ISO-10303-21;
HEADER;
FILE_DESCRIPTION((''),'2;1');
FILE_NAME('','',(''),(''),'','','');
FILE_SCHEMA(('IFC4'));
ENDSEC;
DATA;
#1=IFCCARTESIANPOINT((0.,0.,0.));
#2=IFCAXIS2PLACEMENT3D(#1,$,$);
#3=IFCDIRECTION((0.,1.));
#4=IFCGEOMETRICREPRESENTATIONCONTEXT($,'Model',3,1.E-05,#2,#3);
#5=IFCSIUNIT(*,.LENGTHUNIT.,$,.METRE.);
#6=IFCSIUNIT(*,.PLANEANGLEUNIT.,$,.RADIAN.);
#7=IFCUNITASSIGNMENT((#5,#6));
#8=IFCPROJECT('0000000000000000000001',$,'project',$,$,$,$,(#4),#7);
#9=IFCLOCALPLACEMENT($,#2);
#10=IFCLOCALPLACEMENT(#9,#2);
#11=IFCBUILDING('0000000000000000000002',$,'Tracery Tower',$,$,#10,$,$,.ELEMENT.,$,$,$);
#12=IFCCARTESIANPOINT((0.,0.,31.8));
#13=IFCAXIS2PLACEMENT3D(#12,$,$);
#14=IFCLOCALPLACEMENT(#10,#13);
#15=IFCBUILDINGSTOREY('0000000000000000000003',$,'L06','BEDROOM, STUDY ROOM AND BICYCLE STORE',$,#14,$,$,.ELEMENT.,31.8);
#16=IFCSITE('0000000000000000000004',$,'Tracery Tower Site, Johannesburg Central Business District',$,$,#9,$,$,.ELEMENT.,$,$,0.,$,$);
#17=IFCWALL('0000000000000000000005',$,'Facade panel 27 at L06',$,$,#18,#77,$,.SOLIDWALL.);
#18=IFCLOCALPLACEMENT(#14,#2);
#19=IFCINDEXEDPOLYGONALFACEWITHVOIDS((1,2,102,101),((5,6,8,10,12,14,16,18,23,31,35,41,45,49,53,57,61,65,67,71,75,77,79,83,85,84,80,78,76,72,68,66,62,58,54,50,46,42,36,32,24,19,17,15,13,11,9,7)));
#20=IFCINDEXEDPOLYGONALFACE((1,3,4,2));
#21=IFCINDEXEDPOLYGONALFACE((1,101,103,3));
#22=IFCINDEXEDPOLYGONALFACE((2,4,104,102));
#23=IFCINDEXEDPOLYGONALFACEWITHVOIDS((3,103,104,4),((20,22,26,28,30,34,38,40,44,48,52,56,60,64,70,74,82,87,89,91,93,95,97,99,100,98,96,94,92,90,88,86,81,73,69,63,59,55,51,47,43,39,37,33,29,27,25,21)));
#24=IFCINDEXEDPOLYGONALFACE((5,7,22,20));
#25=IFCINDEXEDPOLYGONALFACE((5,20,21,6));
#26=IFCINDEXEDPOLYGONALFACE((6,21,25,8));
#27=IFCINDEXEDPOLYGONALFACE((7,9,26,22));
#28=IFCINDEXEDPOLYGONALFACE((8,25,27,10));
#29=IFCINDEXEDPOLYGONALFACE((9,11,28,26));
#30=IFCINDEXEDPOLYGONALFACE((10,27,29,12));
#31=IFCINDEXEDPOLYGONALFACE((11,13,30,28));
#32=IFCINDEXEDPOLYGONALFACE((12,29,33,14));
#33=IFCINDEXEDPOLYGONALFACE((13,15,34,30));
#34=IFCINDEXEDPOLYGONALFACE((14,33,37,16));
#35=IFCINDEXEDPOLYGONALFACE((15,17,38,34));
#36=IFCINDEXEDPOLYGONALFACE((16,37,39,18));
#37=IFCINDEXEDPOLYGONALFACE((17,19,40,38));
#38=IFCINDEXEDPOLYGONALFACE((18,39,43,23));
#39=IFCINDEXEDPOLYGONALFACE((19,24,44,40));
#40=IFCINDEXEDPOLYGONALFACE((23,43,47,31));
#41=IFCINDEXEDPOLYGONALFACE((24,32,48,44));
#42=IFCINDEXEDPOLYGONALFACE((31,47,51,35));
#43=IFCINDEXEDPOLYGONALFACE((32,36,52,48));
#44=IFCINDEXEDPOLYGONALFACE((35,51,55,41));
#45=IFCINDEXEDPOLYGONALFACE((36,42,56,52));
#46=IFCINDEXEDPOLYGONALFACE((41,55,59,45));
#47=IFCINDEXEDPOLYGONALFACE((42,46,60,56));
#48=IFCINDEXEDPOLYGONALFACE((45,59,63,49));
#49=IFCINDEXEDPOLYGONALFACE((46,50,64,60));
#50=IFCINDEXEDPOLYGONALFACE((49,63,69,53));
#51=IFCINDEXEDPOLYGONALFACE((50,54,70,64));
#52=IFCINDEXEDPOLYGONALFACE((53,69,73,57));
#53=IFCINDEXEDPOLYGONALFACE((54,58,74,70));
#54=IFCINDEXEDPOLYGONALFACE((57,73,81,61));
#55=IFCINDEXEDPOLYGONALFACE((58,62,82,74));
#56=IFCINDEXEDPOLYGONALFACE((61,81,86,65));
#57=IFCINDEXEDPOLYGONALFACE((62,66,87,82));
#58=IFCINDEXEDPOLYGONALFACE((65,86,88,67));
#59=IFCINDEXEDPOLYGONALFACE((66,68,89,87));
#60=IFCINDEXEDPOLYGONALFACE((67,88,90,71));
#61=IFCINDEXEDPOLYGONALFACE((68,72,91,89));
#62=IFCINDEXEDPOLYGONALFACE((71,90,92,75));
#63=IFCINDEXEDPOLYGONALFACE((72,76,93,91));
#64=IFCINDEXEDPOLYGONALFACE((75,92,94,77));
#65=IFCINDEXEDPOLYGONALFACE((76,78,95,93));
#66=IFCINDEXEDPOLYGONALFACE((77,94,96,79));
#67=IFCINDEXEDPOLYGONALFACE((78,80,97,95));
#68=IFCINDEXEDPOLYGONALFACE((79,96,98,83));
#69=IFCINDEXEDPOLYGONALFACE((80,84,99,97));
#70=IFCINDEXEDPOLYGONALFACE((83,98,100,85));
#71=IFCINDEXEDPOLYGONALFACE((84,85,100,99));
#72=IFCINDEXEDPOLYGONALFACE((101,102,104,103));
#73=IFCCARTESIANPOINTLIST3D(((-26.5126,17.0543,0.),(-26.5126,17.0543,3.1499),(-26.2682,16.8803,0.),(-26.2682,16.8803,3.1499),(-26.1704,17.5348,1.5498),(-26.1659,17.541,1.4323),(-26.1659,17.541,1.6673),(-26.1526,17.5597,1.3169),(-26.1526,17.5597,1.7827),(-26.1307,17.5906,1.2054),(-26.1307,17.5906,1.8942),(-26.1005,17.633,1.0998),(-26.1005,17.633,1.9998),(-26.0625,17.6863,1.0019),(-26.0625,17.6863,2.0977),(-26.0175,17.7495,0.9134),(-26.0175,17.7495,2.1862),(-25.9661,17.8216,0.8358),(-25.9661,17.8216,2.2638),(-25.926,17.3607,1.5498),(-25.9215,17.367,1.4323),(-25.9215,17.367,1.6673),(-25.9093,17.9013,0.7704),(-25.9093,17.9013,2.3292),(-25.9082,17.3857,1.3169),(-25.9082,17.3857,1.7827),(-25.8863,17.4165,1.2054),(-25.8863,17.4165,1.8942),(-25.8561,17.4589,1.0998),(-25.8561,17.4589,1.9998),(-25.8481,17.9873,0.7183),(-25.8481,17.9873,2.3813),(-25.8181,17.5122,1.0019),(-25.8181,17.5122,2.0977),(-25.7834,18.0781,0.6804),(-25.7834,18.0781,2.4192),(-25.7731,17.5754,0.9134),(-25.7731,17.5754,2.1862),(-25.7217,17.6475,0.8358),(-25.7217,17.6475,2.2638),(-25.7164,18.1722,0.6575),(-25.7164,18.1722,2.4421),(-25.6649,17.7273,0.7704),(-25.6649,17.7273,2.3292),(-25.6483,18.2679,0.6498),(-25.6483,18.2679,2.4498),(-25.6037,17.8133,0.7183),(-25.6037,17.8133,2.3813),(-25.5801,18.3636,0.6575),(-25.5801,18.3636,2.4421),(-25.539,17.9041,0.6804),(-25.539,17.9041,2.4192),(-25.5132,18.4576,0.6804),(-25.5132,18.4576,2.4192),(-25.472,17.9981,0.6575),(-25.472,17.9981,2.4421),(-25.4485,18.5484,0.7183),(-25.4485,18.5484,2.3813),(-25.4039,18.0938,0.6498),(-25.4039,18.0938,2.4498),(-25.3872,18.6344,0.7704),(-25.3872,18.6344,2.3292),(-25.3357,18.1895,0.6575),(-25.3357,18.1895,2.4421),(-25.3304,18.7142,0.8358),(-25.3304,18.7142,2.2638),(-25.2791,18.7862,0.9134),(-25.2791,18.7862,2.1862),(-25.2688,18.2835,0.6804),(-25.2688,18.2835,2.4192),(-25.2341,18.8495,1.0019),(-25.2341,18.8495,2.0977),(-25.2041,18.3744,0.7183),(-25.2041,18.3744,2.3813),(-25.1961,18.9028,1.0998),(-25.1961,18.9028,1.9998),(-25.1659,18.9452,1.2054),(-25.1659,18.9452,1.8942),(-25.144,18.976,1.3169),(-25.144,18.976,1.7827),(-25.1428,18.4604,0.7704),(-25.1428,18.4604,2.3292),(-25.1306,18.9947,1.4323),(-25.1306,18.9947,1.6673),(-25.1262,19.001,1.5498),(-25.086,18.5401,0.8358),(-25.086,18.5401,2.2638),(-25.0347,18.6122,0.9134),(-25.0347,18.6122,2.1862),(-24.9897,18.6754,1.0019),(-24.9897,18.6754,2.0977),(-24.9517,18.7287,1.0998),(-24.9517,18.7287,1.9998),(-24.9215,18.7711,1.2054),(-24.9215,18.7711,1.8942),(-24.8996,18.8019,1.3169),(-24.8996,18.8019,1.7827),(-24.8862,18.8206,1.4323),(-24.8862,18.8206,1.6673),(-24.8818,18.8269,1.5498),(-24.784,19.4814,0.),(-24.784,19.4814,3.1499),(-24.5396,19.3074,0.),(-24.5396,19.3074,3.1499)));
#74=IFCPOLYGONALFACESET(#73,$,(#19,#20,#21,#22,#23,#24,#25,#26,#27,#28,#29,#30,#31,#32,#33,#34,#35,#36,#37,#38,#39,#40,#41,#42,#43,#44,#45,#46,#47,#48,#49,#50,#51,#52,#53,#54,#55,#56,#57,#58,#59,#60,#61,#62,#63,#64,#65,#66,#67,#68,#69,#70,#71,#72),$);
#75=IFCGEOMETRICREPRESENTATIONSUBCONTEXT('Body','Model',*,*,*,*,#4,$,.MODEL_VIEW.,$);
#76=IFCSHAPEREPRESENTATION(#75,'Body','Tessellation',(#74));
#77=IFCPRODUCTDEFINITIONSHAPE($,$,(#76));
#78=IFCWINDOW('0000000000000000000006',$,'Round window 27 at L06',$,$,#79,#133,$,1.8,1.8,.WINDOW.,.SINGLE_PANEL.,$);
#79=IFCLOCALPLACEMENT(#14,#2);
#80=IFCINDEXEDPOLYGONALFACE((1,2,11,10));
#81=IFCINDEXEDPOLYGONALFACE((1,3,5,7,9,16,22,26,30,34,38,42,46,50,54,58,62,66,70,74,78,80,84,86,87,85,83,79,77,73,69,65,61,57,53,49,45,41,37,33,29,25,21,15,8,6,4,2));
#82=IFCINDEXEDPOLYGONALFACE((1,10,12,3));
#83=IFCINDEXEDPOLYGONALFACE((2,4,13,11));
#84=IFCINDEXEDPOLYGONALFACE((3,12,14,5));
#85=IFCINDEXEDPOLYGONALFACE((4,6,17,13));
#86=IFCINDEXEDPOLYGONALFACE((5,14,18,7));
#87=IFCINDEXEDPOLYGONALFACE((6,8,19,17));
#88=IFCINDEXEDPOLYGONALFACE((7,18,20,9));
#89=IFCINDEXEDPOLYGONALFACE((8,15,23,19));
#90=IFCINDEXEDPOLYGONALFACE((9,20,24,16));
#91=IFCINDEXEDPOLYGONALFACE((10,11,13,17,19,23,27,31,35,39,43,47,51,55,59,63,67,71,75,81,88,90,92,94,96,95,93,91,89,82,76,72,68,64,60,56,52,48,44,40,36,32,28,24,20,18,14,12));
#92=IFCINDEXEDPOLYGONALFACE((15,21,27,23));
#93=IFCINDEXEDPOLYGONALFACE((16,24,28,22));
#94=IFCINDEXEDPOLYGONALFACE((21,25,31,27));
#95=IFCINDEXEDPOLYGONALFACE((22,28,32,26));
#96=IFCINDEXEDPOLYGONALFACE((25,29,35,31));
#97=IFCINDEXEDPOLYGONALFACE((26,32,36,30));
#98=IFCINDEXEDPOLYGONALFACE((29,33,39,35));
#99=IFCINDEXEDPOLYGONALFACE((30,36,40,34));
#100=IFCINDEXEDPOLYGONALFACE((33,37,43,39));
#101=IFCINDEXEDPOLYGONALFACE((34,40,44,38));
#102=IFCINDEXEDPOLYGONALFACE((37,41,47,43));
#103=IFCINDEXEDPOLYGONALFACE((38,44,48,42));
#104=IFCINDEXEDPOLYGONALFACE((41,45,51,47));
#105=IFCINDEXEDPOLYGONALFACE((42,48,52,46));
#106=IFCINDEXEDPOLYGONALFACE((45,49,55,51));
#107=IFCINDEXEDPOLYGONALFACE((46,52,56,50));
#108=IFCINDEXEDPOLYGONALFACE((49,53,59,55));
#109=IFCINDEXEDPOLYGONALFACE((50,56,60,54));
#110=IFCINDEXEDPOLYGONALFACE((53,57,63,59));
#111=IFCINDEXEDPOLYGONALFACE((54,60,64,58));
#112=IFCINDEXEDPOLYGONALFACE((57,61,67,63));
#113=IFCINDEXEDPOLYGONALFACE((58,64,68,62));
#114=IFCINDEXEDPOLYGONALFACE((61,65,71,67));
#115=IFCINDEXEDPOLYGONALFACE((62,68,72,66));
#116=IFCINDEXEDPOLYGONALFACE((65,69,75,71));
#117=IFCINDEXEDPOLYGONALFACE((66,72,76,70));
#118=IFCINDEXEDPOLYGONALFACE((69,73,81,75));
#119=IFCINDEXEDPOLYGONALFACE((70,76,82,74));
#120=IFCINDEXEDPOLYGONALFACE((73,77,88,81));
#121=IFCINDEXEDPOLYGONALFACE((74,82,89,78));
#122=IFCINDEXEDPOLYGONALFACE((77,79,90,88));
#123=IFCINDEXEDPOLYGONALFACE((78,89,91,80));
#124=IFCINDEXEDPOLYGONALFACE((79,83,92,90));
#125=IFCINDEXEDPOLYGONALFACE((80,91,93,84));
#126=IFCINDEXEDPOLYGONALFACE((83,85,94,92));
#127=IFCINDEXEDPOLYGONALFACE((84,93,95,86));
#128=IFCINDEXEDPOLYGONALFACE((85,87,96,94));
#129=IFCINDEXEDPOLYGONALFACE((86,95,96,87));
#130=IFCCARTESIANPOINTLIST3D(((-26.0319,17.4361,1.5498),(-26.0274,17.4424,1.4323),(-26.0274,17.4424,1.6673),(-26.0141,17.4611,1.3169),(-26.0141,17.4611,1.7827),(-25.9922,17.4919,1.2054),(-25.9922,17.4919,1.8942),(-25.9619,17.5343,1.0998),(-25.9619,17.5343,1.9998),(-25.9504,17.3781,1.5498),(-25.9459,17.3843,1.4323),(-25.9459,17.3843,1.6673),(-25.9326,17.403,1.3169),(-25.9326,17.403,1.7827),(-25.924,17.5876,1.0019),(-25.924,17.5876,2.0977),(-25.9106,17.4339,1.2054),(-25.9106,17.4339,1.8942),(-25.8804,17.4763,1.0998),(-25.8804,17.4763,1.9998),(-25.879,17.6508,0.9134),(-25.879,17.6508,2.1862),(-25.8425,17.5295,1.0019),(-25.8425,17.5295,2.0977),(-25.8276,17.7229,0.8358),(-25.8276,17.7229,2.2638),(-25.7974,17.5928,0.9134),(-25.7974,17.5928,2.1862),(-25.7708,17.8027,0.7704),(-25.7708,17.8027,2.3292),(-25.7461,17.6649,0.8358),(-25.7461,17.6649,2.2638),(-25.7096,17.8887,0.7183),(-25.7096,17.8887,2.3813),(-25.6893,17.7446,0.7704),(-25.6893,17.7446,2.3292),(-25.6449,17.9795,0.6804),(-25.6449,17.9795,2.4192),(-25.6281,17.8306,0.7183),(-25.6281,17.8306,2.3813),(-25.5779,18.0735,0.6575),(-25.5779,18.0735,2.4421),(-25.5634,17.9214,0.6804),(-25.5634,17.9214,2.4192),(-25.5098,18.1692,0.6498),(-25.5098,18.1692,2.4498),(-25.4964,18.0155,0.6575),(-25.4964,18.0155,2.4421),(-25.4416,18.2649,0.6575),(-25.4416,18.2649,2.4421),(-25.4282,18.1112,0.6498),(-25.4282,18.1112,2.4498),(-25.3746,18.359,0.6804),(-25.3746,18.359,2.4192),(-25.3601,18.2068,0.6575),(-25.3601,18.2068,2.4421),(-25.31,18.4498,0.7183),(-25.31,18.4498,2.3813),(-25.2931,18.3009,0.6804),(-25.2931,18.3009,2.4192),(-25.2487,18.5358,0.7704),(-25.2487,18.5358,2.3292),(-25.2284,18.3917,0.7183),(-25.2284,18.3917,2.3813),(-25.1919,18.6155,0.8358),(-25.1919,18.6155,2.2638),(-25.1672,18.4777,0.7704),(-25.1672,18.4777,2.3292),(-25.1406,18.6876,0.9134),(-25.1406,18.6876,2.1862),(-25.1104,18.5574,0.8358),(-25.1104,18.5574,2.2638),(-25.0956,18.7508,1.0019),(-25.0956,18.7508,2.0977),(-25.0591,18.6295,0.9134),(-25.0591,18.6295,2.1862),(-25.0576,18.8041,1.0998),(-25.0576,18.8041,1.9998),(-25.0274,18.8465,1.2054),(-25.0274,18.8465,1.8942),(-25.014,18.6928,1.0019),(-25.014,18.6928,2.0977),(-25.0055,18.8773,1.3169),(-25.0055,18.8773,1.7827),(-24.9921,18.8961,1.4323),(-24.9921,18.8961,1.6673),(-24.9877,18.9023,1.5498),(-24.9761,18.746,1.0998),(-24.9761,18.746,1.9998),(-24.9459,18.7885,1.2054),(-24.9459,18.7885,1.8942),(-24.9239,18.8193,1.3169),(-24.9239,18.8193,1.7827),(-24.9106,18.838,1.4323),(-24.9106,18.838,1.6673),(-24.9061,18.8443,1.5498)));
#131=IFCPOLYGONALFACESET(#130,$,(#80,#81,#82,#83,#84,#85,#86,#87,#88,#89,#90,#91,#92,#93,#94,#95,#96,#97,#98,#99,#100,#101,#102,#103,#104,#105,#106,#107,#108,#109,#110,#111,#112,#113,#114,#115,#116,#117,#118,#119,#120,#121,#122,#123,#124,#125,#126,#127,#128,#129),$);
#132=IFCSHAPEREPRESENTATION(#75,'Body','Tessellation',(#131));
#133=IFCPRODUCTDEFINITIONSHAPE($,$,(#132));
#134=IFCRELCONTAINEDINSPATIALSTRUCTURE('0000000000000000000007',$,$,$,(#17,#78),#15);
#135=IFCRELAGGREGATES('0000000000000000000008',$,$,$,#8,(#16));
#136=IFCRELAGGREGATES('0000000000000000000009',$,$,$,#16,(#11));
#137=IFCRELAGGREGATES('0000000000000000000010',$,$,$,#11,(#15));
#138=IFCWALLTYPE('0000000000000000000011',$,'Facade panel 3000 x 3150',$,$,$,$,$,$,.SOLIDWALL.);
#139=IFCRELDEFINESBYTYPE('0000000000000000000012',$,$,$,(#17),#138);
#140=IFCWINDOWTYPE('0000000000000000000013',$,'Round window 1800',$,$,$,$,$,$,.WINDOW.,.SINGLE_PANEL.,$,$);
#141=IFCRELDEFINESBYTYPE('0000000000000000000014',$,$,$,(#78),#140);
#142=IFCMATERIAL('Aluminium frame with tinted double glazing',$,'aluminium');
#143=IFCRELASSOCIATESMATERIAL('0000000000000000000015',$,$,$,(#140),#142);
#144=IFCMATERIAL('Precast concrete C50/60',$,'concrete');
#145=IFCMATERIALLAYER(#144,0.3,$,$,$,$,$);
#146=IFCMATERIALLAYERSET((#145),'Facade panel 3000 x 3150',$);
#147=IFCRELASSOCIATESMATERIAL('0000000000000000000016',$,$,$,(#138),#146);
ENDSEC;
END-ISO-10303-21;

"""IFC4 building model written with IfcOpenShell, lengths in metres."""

from ifc_helpers import new_model, si_unit, direction, frame, frame_2d, origin, origin_2d, place, context, subcontext, project, spatial, rectangle, circle, extrude, material, layer, layer_set, type_object, element, fill, save


model = new_model("IFC4")

# Units and contexts
model_context = context("Model", 3, precision=1e-05, world=origin(), true_north=direction((0.0, 1.0)))
body_context = subcontext(model_context, "Body", "Model", "MODEL_VIEW")
ifc_project = project(units=[si_unit("LENGTHUNIT", "METRE"), si_unit("PLANEANGLEUNIT", "RADIAN")], contexts=[model_context])

# Site, building, storey
site_placement = place(None, origin())
site = spatial("IfcSite", under=ifc_project, at=site_placement, Name="Tracery Tower Site, Johannesburg Central Business District", CompositionType="ELEMENT", RefElevation=0.0)
building_placement = place(site_placement, origin())
building = spatial("IfcBuilding", under=site, at=building_placement, Name="Tracery Tower", CompositionType="ELEMENT")
storey_placement = place(building_placement, frame((0.0, 0.0, 31.8)))
storey = spatial("IfcBuildingStorey", under=building, at=storey_placement, Name="L06", Description="BEDROOM, STUDY ROOM AND BICYCLE STORE", CompositionType="ELEMENT", Elevation=31.8)

# Wall, opening, window
ifc_material_1 = material(Name="Aluminium frame with tinted double glazing", Category="aluminium")
window_type = type_object("IfcWindowType", Name="Round window 1800", PartitioningType="SINGLE_PANEL", PredefinedType="WINDOW", material=ifc_material_1)
ifc_material_2 = material(Name="Precast concrete C50/60", Category="concrete")
ifc_layer_1 = layer(ifc_material_2, 0.3)
ifc_layer_set_1 = layer_set([ifc_layer_1], Name="Facade panel 3000 x 3150")
wall_type_1 = type_object("IfcWallType", Name="Facade panel 3000 x 3150", PredefinedType="SOLIDWALL", material=ifc_layer_set_1)
wall_1_placement = place(storey_placement, frame((-24.6619, 19.3943, 0.0), z_axis=(0.0, 0.0, 1.0), x_axis=(-0.580114, -0.814535, 0.0)))
wall_1 = element("IfcWall", 1, at=wall_1_placement, inside=storey, type_object=wall_type_1, Name="Facade panel 27 at L06", PredefinedType="SOLIDWALL", context=body_context, shape_type="SweptSolid", body=[
    extrude(rectangle(XDim=2.9797, YDim=0.3, at=frame_2d((1.4897, 0.0))), origin(), (0.0, 0.0, 1.0), 3.1499),
])
opening_1_placement = place(wall_1_placement, frame((1.4897, 0.0, 1.5498)))
opening_1 = element("IfcOpeningElement", 2, at=opening_1_placement, cuts=wall_1, PredefinedType="OPENING", context=body_context, shape_type="SweptSolid", body=[
    extrude(circle(Radius=0.9, at=origin_2d()), frame((0.0, 0.1599, 0.0), z_axis=(0.0, -1.0, 0.0), x_axis=(1.0, 0.0, 0.0)), (0.0, 0.0, 1.0), 0.3201),
])
window_1_placement = place(opening_1_placement, origin())
window_1 = element("IfcWindow", 3, at=window_1_placement, inside=storey, type_object=window_type, Name="Round window 27 at L06", OverallHeight=1.8, OverallWidth=1.8, PartitioningType="SINGLE_PANEL", PredefinedType="WINDOW", context=body_context, shape_type="SweptSolid", body=[
    extrude(circle(Radius=0.9, at=origin_2d()), frame((0.0, 0.1201, 0.0), z_axis=(0.0, -1.0, 0.0), x_axis=(1.0, 0.0, 0.0)), (0.0, 0.0, 1.0), 0.1001),
])
fill(opening_1, window_1)

save(model, "model.ifc")
